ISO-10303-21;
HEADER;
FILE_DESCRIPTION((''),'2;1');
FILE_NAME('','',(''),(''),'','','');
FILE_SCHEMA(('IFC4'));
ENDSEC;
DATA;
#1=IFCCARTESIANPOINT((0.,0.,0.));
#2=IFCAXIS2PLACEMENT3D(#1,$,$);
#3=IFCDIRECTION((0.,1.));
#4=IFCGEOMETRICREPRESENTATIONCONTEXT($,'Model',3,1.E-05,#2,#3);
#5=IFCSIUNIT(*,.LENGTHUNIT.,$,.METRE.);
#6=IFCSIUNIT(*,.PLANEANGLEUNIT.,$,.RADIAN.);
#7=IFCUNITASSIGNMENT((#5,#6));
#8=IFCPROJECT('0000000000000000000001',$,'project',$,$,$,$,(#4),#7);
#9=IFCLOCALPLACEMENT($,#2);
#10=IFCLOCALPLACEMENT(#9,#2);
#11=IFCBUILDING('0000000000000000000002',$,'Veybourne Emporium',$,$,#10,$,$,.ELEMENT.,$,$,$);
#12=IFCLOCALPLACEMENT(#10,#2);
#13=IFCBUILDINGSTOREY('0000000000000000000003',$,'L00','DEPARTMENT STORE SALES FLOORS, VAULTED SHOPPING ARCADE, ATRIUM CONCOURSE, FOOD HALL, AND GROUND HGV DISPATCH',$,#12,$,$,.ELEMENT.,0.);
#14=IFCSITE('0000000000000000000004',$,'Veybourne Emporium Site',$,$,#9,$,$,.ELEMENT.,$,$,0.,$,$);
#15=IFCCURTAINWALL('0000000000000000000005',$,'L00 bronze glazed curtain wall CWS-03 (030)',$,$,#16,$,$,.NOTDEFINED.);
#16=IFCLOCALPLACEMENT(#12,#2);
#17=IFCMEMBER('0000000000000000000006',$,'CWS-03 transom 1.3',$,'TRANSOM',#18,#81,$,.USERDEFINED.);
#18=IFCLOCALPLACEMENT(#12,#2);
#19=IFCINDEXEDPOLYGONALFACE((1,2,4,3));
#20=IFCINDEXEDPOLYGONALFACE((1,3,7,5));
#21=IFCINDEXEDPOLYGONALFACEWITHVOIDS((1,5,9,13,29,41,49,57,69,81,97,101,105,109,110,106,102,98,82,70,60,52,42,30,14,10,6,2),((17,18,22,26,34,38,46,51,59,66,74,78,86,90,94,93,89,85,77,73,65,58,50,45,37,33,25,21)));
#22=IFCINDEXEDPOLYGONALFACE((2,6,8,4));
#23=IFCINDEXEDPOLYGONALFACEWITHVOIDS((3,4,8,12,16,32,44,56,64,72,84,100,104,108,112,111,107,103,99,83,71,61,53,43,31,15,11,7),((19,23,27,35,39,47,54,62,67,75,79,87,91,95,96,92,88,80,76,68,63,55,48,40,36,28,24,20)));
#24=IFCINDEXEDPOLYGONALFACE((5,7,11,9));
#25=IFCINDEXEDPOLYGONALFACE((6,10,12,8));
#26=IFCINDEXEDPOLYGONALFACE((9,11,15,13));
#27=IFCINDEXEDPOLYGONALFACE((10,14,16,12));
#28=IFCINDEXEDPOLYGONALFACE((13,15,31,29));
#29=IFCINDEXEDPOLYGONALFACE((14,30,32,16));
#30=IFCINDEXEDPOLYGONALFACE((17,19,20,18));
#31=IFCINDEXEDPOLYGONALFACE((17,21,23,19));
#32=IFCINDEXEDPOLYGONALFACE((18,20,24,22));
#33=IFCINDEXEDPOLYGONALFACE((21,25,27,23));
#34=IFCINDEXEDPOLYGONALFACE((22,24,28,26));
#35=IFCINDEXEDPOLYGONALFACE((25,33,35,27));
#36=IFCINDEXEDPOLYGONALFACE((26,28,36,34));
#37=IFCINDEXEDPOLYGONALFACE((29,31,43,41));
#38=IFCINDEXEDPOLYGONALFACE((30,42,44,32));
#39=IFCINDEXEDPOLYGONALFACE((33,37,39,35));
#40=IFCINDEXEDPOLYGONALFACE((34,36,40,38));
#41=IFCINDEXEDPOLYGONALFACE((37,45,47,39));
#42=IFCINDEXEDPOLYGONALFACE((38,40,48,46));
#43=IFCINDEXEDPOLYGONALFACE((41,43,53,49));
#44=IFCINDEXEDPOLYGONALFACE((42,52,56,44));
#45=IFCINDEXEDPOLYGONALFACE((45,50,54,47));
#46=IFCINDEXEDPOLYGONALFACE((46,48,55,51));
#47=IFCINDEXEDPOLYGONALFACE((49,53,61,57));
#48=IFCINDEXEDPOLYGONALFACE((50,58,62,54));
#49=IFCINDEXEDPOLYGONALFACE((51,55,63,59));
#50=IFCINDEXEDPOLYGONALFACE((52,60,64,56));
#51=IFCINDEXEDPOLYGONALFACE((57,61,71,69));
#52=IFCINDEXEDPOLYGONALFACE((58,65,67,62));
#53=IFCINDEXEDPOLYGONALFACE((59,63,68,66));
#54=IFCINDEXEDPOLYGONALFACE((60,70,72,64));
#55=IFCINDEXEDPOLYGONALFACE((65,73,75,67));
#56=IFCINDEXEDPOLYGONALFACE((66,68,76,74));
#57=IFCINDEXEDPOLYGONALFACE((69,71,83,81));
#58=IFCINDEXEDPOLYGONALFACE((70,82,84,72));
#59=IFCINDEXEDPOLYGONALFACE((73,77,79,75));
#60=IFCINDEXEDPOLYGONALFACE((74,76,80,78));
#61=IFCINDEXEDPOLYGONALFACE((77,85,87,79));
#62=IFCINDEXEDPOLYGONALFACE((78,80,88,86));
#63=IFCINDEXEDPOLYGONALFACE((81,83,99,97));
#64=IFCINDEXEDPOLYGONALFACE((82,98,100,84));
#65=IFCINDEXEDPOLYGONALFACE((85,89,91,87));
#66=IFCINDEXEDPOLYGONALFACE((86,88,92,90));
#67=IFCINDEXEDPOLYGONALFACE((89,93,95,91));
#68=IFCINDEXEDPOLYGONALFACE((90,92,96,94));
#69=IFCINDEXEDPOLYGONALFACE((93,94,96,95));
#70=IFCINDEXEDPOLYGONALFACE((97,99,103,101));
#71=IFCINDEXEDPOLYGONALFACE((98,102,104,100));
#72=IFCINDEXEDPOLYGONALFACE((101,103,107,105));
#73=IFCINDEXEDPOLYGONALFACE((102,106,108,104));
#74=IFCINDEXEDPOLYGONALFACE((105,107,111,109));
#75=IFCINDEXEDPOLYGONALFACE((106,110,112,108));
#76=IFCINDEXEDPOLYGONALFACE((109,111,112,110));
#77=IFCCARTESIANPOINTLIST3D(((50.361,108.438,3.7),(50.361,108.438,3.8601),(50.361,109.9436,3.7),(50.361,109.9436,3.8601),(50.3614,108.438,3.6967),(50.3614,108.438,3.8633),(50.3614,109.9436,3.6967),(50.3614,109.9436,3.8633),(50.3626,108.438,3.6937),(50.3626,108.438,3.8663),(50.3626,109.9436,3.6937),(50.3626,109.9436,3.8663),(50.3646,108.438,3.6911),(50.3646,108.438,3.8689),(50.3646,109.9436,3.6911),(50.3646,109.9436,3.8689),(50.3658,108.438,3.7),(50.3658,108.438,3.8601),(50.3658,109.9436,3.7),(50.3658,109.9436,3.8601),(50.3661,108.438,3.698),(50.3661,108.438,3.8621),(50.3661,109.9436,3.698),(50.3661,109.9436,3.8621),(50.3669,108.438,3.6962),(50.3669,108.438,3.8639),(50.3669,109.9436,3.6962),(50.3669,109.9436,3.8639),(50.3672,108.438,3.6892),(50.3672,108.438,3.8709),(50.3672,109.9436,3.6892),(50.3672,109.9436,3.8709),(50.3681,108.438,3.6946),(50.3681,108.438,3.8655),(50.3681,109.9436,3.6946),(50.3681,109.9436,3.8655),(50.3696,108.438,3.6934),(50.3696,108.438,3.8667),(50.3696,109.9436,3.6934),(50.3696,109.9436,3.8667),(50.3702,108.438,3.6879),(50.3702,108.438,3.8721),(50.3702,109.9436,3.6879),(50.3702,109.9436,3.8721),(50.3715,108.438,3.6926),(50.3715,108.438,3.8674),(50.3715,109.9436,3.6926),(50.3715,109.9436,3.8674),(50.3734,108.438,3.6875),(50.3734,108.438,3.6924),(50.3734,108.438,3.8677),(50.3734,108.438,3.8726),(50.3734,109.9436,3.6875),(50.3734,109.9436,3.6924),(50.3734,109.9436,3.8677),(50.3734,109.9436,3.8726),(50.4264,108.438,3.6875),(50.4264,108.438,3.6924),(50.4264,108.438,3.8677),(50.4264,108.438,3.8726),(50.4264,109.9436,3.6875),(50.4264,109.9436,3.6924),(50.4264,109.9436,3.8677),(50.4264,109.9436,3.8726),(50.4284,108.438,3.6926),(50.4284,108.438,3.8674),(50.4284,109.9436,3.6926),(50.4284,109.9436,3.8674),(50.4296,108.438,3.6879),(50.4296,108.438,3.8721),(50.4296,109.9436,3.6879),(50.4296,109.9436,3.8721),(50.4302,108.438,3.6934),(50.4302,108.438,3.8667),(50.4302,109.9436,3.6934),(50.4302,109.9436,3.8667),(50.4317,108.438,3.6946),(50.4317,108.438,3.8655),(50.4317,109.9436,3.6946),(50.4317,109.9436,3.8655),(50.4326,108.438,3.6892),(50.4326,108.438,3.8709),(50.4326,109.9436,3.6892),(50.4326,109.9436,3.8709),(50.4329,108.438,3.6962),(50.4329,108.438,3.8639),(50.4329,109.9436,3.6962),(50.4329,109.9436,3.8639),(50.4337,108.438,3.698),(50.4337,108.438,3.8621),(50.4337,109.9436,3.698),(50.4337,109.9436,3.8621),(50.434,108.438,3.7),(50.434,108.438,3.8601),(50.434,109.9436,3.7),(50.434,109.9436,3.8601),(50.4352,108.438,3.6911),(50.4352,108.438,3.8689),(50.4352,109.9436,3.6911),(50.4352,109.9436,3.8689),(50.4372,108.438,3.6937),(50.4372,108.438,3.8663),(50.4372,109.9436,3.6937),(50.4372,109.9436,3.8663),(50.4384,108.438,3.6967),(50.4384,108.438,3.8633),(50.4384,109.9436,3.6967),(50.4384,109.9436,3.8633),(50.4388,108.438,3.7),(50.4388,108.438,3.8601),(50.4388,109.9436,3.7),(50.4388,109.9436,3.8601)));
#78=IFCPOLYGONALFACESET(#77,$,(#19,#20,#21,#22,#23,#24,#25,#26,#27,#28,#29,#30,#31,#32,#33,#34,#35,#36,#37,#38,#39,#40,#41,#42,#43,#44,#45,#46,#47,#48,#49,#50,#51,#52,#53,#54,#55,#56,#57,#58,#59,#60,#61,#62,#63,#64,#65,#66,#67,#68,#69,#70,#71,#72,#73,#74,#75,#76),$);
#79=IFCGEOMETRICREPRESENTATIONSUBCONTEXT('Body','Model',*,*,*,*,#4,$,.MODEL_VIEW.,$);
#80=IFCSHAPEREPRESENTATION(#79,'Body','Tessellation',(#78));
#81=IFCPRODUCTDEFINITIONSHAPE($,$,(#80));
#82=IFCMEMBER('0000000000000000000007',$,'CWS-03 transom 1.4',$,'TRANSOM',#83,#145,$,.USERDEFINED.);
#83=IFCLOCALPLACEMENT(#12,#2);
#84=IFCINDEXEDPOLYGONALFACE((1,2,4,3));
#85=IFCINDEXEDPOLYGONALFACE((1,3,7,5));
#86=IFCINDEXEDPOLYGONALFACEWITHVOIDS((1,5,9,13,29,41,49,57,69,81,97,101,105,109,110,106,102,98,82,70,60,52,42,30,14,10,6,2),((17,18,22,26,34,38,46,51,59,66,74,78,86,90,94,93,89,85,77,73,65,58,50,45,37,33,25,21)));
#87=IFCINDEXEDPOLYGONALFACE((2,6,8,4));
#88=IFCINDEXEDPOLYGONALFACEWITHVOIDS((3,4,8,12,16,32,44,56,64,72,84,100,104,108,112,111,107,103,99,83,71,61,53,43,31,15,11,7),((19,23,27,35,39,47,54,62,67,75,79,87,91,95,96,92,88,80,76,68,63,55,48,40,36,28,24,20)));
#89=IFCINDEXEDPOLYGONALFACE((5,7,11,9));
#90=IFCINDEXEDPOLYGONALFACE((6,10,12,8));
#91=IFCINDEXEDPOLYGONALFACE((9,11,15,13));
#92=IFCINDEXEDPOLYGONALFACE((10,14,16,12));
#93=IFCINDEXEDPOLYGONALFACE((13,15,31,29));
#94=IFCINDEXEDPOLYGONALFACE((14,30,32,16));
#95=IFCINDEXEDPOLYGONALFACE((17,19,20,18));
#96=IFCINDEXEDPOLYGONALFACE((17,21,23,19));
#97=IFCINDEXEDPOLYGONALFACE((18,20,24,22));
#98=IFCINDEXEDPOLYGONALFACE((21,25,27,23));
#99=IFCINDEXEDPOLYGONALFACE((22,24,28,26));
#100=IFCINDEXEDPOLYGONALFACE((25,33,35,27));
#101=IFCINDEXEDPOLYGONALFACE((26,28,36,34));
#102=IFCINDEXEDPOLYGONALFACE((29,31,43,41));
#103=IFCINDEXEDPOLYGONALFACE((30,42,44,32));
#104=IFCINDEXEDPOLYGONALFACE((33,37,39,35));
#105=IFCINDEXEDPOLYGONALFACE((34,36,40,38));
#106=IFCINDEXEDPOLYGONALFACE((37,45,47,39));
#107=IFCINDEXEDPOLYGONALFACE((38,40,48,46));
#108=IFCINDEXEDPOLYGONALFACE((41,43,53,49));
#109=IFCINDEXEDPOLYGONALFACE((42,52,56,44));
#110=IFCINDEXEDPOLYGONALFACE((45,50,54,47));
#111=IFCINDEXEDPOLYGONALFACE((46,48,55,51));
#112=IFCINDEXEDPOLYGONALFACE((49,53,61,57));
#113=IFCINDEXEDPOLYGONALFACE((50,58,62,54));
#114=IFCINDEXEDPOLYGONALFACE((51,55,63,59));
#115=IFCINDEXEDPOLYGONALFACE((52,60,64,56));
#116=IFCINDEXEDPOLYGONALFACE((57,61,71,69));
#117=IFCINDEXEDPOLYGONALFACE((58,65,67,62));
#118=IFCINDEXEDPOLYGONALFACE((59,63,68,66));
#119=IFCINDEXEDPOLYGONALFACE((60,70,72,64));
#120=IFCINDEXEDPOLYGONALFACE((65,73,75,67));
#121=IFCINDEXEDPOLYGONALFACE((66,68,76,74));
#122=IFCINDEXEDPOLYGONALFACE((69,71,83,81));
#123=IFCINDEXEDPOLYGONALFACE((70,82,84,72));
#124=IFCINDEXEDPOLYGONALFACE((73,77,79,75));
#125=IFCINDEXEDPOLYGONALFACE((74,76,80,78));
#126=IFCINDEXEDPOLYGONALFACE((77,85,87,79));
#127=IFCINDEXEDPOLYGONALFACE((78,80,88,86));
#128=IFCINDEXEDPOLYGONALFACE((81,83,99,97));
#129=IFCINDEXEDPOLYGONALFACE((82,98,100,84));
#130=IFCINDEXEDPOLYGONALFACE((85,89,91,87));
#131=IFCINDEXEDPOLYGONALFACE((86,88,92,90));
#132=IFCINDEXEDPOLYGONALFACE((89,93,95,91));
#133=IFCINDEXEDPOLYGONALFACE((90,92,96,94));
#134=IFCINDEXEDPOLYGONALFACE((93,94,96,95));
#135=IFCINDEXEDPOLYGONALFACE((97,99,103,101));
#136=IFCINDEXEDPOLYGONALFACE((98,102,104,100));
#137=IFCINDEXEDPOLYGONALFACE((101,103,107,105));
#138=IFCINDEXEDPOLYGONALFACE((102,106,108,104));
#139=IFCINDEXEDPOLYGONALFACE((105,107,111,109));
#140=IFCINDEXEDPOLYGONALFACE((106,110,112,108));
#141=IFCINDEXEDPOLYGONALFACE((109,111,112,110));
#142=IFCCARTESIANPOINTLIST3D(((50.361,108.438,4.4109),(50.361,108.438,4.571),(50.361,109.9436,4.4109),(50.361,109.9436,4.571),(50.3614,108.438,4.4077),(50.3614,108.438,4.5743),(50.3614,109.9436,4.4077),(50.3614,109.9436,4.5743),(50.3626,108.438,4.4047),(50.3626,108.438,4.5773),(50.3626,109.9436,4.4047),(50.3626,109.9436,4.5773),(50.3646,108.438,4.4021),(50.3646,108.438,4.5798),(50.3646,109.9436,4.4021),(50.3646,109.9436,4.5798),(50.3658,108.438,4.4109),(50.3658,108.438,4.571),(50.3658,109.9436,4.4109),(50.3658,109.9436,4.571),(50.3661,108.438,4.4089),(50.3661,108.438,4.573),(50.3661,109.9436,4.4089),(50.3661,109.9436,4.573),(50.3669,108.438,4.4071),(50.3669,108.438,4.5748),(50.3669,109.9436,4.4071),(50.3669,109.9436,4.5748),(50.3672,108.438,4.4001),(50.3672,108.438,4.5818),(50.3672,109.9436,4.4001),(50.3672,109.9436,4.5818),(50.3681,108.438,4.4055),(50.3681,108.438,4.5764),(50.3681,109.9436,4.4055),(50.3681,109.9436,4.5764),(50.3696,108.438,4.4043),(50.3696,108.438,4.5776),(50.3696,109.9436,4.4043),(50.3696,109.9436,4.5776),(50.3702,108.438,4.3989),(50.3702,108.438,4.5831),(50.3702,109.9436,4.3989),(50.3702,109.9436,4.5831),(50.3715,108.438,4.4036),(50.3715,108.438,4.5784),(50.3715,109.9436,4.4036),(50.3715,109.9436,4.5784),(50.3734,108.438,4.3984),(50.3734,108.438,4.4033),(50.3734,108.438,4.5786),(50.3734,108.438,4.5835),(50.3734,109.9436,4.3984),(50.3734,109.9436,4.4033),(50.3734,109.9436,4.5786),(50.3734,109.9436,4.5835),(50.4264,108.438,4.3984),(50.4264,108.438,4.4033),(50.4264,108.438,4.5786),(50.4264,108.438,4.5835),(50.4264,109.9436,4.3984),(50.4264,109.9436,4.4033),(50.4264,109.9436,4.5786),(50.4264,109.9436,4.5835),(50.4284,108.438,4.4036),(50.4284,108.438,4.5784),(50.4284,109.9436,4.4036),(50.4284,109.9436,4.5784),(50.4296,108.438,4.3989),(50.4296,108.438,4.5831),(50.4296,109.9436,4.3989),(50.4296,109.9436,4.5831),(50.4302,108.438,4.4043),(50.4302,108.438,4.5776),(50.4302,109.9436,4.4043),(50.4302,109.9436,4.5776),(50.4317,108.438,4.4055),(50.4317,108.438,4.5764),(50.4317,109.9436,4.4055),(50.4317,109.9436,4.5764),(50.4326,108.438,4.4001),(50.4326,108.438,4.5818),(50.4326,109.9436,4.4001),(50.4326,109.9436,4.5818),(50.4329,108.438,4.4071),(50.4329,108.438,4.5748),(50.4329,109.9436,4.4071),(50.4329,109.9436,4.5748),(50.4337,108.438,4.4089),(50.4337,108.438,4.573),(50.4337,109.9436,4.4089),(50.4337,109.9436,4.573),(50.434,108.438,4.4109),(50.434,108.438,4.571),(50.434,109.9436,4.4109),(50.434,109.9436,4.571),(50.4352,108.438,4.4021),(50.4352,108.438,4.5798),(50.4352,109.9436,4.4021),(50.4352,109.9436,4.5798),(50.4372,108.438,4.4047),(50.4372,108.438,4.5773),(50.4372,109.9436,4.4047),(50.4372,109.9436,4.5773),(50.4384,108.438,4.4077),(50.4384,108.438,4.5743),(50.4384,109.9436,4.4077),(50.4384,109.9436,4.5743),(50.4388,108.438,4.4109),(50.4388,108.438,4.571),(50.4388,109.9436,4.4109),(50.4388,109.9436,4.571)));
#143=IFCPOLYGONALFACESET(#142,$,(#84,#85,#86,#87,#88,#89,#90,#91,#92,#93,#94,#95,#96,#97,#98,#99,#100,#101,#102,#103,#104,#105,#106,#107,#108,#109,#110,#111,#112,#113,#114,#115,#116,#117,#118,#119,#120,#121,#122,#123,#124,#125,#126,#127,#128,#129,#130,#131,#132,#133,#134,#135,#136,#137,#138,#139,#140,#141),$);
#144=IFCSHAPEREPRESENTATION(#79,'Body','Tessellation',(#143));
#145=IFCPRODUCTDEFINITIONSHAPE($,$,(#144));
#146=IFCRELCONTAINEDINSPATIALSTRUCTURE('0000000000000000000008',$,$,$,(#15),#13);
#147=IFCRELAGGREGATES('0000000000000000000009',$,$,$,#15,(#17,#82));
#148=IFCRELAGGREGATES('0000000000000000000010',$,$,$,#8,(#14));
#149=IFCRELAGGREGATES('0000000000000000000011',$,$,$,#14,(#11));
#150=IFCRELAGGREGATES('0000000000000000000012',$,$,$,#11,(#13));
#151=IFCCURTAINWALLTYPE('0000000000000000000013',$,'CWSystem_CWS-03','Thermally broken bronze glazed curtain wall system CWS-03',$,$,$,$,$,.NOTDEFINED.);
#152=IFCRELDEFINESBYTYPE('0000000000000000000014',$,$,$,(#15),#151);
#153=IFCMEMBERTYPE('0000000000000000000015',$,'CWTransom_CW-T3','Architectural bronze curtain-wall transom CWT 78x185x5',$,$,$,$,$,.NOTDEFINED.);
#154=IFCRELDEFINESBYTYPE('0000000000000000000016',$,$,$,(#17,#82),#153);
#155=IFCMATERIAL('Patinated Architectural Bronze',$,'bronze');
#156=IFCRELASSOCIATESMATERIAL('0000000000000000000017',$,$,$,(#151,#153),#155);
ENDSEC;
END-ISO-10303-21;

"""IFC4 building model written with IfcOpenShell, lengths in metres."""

from ifc_helpers import new_model, si_unit, direction, frame, origin, origin_2d, place, context, subcontext, project, spatial, hollow_rectangle, extrude, material, material_profile, profile_set, type_object, element, aggregate, save


model = new_model("IFC4")

# Units and contexts
model_context = context("Model", 3, precision=1e-05, world=origin(), true_north=direction((0.0, 1.0)))
body_context = subcontext(model_context, "Body", "Model", "MODEL_VIEW")
ifc_project = project(units=[si_unit("LENGTHUNIT", "METRE"), si_unit("PLANEANGLEUNIT", "RADIAN")], contexts=[model_context])

# Site, building, storey
site_placement = place(None, origin())
site = spatial("IfcSite", under=ifc_project, at=site_placement, Name="Veybourne Emporium Site", CompositionType="ELEMENT", RefElevation=0.0)
building_placement = place(site_placement, origin())
building = spatial("IfcBuilding", under=site, at=building_placement, Name="Veybourne Emporium", CompositionType="ELEMENT")
storey_placement = place(building_placement, origin())
storey = spatial("IfcBuildingStorey", under=building, at=storey_placement, Name="L00", Description="DEPARTMENT STORE SALES FLOORS, VAULTED SHOPPING ARCADE, ATRIUM CONCOURSE, FOOD HALL, AND GROUND HGV DISPATCH", CompositionType="ELEMENT", Elevation=0.0)

# Curtain wall, members
ifc_material_1 = material(Name="Patinated Architectural Bronze", Category="bronze")
curtain_wall_type = type_object("IfcCurtainWallType", Name="CWSystem_CWS-03", Description="Thermally broken bronze glazed curtain wall system CWS-03", PredefinedType="NOTDEFINED", material=ifc_material_1)
curtain_wall_placement = place(storey_placement, origin())
curtain_wall = element("IfcCurtainWall", 1, at=curtain_wall_placement, inside=storey, type_object=curtain_wall_type, Name="L00 bronze glazed curtain wall CWS-03 (030)", PredefinedType="NOTDEFINED")
ifc_material_profile_1 = material_profile(ifc_material_1, hollow_rectangle(XDim=0.0779, YDim=0.1851, WallThickness=0.0049, InnerFilletRadius=0.0076, OuterFilletRadius=0.0125, at=origin_2d()), Name="CWT 78x185x5")
ifc_profile_set_1 = profile_set([ifc_material_profile_1], Name="Patinated Architectural Bronze")
member_type_1 = type_object("IfcMemberType", Name="CWTransom_CW-T3", Description="Architectural bronze curtain-wall transom CWT 78x185x5", PredefinedType="NOTDEFINED", material=ifc_profile_set_1)
member_1_placement = place(storey_placement, frame((50.3999, 108.438, 3.78), z_axis=(0.0, 1.0, 0.0), x_axis=(-1.0, 0.0, 0.0)))
member_1 = element("IfcMember", 2, at=member_1_placement, type_object=member_type_1, Name="CWS-03 transom 1.3", ObjectType="TRANSOM", PredefinedType="USERDEFINED", context=body_context, shape_type="SweptSolid", body=[
    extrude(hollow_rectangle(XDim=0.0779, YDim=0.1851, WallThickness=0.0049, InnerFilletRadius=0.0076, OuterFilletRadius=0.0125, at=origin_2d()), origin(), (0.0, 0.0, 1.0), 1.5056),
])
member_2_placement = place(storey_placement, frame((50.3999, 108.438, 4.491), z_axis=(0.0, 1.0, 0.0), x_axis=(-1.0, 0.0, 0.0)))
member_2 = element("IfcMember", 3, at=member_2_placement, type_object=member_type_1, Name="CWS-03 transom 1.4", ObjectType="TRANSOM", PredefinedType="USERDEFINED", context=body_context, shape_type="SweptSolid", body=[
    extrude(hollow_rectangle(XDim=0.0779, YDim=0.1851, WallThickness=0.0049, InnerFilletRadius=0.0076, OuterFilletRadius=0.0125, at=origin_2d()), origin(), (0.0, 0.0, 1.0), 1.5056),
])

aggregate(curtain_wall, [member_1, member_2])

save(model, "model.ifc")
